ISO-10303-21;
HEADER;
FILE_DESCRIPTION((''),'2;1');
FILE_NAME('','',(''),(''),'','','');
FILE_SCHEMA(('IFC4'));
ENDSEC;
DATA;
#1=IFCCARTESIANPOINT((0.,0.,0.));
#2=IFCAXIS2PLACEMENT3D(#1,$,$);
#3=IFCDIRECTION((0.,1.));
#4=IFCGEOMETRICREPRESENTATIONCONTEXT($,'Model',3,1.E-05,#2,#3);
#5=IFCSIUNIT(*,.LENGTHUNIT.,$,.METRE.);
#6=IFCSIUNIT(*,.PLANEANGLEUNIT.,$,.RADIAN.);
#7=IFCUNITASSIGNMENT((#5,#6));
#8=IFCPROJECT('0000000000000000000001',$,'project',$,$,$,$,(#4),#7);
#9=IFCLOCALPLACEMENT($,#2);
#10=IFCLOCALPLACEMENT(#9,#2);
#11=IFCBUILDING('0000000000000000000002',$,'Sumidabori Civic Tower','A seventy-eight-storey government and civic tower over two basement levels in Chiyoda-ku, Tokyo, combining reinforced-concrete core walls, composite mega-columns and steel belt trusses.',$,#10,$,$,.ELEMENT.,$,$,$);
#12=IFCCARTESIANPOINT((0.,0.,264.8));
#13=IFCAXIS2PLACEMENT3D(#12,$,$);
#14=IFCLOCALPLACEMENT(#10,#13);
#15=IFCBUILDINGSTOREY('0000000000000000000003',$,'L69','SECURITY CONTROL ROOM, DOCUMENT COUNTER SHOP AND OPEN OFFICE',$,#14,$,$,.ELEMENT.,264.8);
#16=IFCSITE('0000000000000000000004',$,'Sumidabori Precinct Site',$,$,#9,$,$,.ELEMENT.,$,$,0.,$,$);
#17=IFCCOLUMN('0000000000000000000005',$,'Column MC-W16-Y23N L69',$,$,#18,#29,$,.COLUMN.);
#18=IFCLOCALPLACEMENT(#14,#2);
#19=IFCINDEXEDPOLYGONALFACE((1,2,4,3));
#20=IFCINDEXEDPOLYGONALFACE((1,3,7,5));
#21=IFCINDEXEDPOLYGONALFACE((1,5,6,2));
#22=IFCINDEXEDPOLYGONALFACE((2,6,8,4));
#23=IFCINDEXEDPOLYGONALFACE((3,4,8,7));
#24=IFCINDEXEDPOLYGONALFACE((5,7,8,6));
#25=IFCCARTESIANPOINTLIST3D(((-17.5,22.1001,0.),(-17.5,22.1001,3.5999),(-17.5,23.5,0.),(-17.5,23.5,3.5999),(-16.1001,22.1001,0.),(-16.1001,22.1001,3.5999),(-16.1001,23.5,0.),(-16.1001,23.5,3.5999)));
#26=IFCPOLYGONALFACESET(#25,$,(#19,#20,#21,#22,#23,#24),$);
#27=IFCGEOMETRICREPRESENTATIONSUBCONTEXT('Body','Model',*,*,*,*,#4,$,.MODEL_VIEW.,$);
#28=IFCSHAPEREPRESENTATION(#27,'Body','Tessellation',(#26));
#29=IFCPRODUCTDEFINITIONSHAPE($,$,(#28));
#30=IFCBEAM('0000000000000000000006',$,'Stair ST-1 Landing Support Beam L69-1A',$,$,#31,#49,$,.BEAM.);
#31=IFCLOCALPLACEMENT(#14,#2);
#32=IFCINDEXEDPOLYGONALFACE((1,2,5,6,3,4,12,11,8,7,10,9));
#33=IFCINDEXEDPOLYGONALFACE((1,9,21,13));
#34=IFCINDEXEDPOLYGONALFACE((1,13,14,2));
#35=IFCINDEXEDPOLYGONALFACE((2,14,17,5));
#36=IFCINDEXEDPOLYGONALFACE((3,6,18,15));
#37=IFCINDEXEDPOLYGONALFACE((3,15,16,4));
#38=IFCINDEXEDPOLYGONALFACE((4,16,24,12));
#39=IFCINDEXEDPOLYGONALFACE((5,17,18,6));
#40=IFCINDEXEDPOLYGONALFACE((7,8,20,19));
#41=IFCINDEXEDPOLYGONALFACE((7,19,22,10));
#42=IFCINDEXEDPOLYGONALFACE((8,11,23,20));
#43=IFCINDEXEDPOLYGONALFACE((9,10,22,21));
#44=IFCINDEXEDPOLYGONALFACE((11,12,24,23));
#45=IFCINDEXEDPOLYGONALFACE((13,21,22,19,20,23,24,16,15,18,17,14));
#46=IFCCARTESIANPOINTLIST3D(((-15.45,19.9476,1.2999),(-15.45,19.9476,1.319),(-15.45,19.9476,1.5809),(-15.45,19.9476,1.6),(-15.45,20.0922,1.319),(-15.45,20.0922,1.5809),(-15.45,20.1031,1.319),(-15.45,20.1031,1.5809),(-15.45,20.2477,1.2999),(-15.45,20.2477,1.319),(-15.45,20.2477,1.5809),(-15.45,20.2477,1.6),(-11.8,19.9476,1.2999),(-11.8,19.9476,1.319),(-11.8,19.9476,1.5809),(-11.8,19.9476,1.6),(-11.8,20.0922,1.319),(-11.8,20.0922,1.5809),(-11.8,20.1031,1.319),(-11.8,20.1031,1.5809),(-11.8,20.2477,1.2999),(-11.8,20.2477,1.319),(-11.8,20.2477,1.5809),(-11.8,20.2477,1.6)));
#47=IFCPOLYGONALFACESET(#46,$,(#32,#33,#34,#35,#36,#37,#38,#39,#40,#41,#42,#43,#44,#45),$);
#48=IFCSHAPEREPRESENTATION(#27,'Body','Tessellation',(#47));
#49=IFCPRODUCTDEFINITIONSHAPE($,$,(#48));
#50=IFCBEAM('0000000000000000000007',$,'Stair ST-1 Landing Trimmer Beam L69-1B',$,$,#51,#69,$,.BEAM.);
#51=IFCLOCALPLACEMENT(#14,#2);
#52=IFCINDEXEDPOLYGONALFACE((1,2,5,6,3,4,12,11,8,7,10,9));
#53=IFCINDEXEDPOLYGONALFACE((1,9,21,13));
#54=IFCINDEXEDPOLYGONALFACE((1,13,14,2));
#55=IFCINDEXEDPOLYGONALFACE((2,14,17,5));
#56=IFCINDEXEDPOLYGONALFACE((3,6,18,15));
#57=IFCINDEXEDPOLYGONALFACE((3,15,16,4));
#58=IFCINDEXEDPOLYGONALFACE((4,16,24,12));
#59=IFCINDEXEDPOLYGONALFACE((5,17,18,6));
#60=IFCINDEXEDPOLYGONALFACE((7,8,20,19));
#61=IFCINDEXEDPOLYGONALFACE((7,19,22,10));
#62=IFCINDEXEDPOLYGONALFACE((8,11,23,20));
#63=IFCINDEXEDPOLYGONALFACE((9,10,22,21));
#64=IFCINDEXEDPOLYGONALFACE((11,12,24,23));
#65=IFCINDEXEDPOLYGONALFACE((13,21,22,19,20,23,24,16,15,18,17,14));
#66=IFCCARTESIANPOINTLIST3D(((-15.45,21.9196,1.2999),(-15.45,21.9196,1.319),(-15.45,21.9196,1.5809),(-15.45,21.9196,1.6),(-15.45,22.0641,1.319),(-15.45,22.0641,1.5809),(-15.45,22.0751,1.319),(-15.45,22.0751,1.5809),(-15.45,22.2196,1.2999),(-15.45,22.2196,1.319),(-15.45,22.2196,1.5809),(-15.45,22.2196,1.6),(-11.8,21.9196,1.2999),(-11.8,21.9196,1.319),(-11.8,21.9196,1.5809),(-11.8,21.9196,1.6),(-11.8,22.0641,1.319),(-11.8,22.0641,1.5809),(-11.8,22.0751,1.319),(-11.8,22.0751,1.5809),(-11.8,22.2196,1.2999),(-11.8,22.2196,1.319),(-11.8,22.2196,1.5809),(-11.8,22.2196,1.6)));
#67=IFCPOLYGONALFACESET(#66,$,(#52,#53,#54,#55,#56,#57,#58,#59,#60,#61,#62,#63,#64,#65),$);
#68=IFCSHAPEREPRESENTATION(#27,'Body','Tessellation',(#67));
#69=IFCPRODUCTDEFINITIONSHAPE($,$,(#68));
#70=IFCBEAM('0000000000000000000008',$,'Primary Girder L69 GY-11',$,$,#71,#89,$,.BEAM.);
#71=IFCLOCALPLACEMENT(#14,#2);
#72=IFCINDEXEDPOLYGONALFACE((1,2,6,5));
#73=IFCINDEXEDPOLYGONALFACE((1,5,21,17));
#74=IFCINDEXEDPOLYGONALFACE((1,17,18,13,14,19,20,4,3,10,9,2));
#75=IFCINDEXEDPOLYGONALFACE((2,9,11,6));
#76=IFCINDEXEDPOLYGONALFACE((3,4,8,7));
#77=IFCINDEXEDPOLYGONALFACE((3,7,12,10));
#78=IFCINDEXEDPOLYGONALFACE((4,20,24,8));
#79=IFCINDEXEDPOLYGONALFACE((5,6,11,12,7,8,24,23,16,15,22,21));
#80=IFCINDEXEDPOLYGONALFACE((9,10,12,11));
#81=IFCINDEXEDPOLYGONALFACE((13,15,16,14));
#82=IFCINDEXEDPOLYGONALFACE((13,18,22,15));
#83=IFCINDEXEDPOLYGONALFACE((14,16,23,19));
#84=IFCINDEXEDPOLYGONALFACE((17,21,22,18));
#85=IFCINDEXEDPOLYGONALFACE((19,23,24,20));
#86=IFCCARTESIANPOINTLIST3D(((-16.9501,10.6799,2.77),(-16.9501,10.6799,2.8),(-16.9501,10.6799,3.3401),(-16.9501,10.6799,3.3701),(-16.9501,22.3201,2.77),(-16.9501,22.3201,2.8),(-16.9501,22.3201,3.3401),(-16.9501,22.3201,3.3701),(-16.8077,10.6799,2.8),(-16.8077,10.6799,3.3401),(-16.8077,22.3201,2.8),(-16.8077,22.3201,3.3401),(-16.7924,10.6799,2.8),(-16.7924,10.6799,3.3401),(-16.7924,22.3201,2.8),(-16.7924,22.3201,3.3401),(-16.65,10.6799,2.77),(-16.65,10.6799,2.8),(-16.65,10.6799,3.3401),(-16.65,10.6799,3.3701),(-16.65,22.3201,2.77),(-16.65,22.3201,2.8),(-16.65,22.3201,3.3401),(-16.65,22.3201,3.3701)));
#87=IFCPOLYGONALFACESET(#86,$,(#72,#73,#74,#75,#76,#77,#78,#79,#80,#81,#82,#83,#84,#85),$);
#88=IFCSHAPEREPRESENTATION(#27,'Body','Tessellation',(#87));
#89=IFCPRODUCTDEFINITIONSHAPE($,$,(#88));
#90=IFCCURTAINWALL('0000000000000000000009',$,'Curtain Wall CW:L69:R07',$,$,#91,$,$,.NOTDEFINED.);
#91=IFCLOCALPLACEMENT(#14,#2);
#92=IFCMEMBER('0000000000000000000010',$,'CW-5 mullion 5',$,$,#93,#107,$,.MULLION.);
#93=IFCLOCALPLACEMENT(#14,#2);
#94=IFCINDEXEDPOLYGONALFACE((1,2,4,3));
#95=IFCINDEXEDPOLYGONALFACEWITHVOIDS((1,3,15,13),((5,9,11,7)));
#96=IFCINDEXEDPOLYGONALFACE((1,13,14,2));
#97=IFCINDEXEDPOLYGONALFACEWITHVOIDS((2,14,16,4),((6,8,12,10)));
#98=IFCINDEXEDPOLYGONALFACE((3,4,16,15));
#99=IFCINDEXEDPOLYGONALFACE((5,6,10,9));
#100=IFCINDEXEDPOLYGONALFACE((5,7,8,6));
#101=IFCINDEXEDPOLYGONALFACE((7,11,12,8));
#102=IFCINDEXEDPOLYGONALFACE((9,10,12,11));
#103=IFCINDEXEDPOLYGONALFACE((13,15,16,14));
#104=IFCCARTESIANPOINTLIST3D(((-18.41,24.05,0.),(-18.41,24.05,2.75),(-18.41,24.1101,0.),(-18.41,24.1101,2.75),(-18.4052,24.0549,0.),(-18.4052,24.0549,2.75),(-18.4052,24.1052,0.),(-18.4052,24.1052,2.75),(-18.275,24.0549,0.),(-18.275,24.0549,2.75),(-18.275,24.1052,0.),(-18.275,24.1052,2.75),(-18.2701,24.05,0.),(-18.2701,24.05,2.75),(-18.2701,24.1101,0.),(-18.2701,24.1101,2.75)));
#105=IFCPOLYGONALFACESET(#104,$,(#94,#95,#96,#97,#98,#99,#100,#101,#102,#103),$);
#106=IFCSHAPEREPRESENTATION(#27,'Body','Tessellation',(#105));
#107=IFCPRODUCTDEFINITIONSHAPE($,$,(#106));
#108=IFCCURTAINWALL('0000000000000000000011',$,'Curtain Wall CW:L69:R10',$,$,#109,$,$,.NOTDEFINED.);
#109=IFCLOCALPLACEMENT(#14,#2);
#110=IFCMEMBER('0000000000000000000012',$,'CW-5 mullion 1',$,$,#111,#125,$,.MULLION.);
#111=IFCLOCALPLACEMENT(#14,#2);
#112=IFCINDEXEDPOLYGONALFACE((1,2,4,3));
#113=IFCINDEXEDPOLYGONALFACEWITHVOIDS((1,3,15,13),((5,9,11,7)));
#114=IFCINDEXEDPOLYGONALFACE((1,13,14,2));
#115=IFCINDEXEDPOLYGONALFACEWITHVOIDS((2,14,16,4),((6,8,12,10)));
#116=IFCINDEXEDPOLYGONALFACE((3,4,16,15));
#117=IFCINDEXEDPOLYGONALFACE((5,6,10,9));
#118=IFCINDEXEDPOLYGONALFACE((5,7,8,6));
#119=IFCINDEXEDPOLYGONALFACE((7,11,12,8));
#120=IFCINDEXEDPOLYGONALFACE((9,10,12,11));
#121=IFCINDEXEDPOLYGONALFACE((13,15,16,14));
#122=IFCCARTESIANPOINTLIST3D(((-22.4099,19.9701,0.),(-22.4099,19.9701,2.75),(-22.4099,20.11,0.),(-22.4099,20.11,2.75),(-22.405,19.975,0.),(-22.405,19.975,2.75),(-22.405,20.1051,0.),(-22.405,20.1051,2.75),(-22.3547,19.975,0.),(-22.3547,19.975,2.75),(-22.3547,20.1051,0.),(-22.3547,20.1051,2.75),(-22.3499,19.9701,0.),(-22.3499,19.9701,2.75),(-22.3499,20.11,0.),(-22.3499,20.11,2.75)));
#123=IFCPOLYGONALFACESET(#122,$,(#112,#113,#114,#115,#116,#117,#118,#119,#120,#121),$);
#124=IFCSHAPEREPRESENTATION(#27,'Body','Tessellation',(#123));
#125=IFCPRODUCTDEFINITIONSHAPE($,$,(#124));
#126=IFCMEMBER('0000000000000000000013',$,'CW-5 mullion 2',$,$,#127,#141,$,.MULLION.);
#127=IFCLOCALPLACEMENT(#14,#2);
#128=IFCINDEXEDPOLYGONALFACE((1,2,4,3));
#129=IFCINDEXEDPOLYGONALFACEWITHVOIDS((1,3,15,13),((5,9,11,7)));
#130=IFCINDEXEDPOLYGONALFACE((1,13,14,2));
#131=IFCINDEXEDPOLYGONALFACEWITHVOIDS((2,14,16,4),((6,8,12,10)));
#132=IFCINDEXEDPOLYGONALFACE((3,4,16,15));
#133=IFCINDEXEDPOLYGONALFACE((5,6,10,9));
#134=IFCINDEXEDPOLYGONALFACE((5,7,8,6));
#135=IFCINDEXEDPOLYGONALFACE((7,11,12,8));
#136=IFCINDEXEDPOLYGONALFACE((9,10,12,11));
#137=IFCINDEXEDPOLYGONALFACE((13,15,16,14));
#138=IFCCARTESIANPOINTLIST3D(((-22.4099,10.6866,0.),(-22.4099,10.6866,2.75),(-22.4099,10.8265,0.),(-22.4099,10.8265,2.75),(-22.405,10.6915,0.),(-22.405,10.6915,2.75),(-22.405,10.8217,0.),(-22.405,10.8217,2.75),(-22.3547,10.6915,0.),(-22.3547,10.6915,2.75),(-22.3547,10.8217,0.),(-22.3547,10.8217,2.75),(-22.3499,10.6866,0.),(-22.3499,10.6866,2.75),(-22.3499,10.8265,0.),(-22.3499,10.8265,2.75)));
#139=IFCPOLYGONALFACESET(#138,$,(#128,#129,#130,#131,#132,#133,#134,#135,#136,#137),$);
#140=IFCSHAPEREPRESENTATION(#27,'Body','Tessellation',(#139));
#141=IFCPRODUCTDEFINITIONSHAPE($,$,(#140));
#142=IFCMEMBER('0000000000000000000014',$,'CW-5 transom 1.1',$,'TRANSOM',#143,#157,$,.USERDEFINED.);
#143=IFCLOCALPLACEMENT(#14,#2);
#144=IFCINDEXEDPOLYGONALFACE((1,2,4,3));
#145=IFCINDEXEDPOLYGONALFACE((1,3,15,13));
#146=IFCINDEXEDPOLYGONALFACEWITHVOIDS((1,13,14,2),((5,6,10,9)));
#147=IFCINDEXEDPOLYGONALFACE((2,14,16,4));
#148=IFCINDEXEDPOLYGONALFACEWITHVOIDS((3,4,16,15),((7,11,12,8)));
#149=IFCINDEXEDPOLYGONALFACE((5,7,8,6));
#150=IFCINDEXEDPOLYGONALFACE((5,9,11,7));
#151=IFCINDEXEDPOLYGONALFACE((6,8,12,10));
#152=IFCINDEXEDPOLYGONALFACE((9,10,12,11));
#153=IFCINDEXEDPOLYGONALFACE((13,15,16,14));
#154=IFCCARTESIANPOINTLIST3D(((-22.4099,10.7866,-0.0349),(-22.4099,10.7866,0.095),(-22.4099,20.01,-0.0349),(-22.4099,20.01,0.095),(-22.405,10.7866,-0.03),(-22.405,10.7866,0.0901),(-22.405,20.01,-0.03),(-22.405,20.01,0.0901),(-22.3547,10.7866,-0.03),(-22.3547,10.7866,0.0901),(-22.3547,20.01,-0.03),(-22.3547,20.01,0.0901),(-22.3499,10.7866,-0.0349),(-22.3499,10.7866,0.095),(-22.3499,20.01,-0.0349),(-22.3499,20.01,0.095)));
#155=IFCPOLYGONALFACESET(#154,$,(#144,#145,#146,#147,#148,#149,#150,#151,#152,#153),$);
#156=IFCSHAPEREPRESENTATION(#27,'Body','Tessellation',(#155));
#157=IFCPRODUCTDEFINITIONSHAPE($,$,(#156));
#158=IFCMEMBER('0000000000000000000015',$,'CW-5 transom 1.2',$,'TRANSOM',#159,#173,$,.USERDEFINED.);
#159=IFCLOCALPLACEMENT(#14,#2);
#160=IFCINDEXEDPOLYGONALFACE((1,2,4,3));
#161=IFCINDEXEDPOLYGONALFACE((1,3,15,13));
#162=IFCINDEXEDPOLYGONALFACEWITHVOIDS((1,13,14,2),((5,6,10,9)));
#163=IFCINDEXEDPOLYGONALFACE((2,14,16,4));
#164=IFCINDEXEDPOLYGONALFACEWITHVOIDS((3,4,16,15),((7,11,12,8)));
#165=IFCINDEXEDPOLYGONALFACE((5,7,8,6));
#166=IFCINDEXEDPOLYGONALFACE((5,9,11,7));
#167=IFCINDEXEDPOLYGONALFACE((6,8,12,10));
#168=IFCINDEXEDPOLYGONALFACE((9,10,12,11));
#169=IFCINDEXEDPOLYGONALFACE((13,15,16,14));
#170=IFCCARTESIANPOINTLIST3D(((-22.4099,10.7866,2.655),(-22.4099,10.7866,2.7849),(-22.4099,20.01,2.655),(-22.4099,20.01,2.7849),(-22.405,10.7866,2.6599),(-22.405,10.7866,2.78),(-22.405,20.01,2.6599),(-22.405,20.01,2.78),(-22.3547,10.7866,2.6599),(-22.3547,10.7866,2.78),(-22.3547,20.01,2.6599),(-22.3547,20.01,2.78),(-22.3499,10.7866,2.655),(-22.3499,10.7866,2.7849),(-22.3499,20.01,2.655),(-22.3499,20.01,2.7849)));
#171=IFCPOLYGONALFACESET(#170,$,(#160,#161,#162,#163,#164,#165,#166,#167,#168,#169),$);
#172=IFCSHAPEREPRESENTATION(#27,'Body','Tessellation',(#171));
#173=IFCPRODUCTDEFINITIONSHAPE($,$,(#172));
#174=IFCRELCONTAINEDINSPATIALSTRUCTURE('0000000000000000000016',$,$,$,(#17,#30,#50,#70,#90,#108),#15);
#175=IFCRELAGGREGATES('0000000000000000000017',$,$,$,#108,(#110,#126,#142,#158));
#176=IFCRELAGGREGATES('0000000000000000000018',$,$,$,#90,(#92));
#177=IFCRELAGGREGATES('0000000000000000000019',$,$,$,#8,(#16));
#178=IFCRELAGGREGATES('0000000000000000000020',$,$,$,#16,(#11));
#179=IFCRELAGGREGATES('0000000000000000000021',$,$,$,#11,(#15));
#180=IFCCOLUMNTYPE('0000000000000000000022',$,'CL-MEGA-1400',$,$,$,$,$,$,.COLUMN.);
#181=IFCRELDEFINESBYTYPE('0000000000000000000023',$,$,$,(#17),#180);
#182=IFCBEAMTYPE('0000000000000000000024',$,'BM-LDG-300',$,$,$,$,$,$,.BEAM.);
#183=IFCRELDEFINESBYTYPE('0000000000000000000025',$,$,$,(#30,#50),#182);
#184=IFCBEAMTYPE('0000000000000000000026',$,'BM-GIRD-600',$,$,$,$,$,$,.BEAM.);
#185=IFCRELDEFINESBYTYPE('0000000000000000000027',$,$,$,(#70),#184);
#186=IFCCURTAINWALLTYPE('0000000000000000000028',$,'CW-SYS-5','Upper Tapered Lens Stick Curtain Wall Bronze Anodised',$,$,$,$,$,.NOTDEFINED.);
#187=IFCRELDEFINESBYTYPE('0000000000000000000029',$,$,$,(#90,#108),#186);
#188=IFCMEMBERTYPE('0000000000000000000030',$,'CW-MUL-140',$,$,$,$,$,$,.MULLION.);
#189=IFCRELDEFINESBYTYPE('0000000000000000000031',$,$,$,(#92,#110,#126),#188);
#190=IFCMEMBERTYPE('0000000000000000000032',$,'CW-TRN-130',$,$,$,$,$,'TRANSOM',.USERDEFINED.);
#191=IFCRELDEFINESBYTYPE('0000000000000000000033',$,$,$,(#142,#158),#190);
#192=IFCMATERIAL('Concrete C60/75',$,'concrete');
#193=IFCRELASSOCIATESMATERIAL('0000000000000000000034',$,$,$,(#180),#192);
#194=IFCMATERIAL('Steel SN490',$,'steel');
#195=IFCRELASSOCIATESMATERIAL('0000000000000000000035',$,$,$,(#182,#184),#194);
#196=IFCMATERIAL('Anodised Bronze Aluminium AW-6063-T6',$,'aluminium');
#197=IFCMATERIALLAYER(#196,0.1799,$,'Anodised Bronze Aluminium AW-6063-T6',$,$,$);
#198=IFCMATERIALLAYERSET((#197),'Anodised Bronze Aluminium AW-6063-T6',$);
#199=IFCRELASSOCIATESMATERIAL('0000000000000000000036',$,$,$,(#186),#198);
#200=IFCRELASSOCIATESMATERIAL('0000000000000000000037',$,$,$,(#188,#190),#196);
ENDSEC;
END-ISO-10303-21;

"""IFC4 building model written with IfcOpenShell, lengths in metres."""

from ifc_helpers import new_model, si_unit, direction, frame, origin, origin_2d, place, context, subcontext, project, spatial, rectangle, hollow_rectangle, i_section, extrude, source, transform, mapped, material, layer, layer_set, material_profile, profile_set, type_object, element, aggregate, save


model = new_model("IFC4")

# Units and contexts
model_context = context("Model", 3, precision=1e-05, world=origin(), true_north=direction((0.0, 1.0)))
body_context = subcontext(model_context, "Body", "Model", "MODEL_VIEW")
ifc_project = project(units=[si_unit("LENGTHUNIT", "METRE"), si_unit("PLANEANGLEUNIT", "RADIAN")], contexts=[model_context])

# Site, building, storey
site_placement = place(None, origin())
site = spatial("IfcSite", under=ifc_project, at=site_placement, Name="Sumidabori Precinct Site", CompositionType="ELEMENT", RefElevation=0.0)
building_placement = place(site_placement, origin())
building = spatial("IfcBuilding", under=site, at=building_placement, Name="Sumidabori Civic Tower", Description="A seventy-eight-storey government and civic tower over two basement levels in Chiyoda-ku, Tokyo, combining reinforced-concrete core walls, composite mega-columns and steel belt trusses.", CompositionType="ELEMENT")
storey_placement = place(building_placement, frame((0.0, 0.0, 264.8)))
storey = spatial("IfcBuildingStorey", under=building, at=storey_placement, Name="L69", Description="SECURITY CONTROL ROOM, DOCUMENT COUNTER SHOP AND OPEN OFFICE", CompositionType="ELEMENT", Elevation=264.8)

# Column
ifc_material_1 = material(Name="Concrete C60/75", Category="concrete")
ifc_material_profile_1 = material_profile(ifc_material_1, rectangle(XDim=1.3999, YDim=1.3999, at=origin_2d()), Name="RC 1400x1400")
ifc_profile_set_1 = profile_set([ifc_material_profile_1], Name="Concrete C60/75")
column_type = type_object("IfcColumnType", Name="CL-MEGA-1400", PredefinedType="COLUMN", material=ifc_profile_set_1)
shared_shape_1 = source(origin(), body_context, "Body", "SweptSolid", [
    extrude(rectangle(XDim=1.3999, YDim=1.3999, at=origin_2d()), origin(), (0.0, 0.0, 1.0), 3.5999),
])
column_placement = place(storey_placement, frame((-16.8, 22.8, 0.0), z_axis=(0.0, 0.0, 1.0), x_axis=(1.0, 0.0, 0.0)))
element("IfcColumn", 1, at=column_placement, inside=storey, type_object=column_type, Name="Column MC-W16-Y23N L69", PredefinedType="COLUMN", context=body_context, shape_type="MappedRepresentation", body=[
    mapped(shared_shape_1, transform((0.0, 0.0, 0.0), x_axis=(1.0, 0.0, 0.0), y_axis=(0.0, 1.0, 0.0), z_axis=(0.0, 0.0, 1.0), scale=1.0)),
])

# Beams
ifc_material_2 = material(Name="Steel SN490", Category="steel")
ifc_material_profile_2 = material_profile(ifc_material_2, i_section(OverallWidth=0.3, OverallDepth=0.3, WebThickness=0.011, FlangeThickness=0.019, at=origin_2d()), Name="HE 300 B")
ifc_profile_set_2 = profile_set([ifc_material_profile_2], Name="Steel SN490")
beam_type_1 = type_object("IfcBeamType", Name="BM-LDG-300", PredefinedType="BEAM", material=ifc_profile_set_2)
shared_shape_2 = source(origin(), body_context, "Body", "SweptSolid", [
    extrude(i_section(OverallWidth=0.3, OverallDepth=0.3, WebThickness=0.011, FlangeThickness=0.019, at=origin_2d()), origin(), (0.0, 0.0, 1.0), 3.6499),
])
for number, where, z_axis, x_axis, name in (
    (2, (-15.45, 20.0977, 1.45), (1.0, 0.0, 0.0), (0.0, 1.0, 0.0), "Stair ST-1 Landing Support Beam L69-1A"),
    (3, (-15.45, 22.0696, 1.45), (1.0, 0.0, 0.0), (0.0, 1.0, 0.0), "Stair ST-1 Landing Trimmer Beam L69-1B"),
):
    element("IfcBeam", number, at=place(storey_placement, frame(where, z_axis=z_axis, x_axis=x_axis)), inside=storey, type_object=beam_type_1, Name=name, PredefinedType="BEAM", context=body_context, shape_type="MappedRepresentation", body=[
        mapped(shared_shape_2, transform((0.0, 0.0, 0.0), x_axis=(1.0, 0.0, 0.0), y_axis=(0.0, 1.0, 0.0), z_axis=(0.0, 0.0, 1.0), scale=1.0)),
    ])
ifc_material_profile_3 = material_profile(ifc_material_2, i_section(OverallWidth=0.3, OverallDepth=0.6001, WebThickness=0.0154, FlangeThickness=0.03, at=origin_2d()), Name="HE 600 B")
ifc_profile_set_3 = profile_set([ifc_material_profile_3], Name="Steel SN490")
beam_type_2 = type_object("IfcBeamType", Name="BM-GIRD-600", PredefinedType="BEAM", material=ifc_profile_set_3)
shared_shape_3 = source(origin(), body_context, "Body", "SweptSolid", [
    extrude(i_section(OverallWidth=0.3, OverallDepth=0.6001, WebThickness=0.0154, FlangeThickness=0.03, at=origin_2d()), origin(), (0.0, 0.0, 1.0), 11.6401),
])
beam_placement = place(storey_placement, frame((-16.8, 10.6799, 3.0701), z_axis=(0.0, 1.0, 0.0), x_axis=(-1.0, 0.0, 0.0)))
element("IfcBeam", 4, at=beam_placement, inside=storey, type_object=beam_type_2, Name="Primary Girder L69 GY-11", PredefinedType="BEAM", context=body_context, shape_type="MappedRepresentation", body=[
    mapped(shared_shape_3, transform((0.0, 0.0, 0.0), x_axis=(1.0, 0.0, 0.0), y_axis=(0.0, 1.0, 0.0), z_axis=(0.0, 0.0, 1.0), scale=1.0)),
])

# Curtain wall, member
ifc_material_3 = material(Name="Anodised Bronze Aluminium AW-6063-T6", Category="aluminium")
ifc_layer_1 = layer(ifc_material_3, 0.1799, Name="Anodised Bronze Aluminium AW-6063-T6")
ifc_layer_set_1 = layer_set([ifc_layer_1], Name="Anodised Bronze Aluminium AW-6063-T6")
curtain_wall_type = type_object("IfcCurtainWallType", Name="CW-SYS-5", Description="Upper Tapered Lens Stick Curtain Wall Bronze Anodised", PredefinedType="NOTDEFINED", material=ifc_layer_set_1)
curtain_wall_1_placement = place(storey_placement, origin())
curtain_wall_1 = element("IfcCurtainWall", 5, at=curtain_wall_1_placement, inside=storey, type_object=curtain_wall_type, Name="Curtain Wall CW:L69:R07", PredefinedType="NOTDEFINED")
ifc_material_profile_4 = material_profile(ifc_material_3, hollow_rectangle(XDim=0.0601, YDim=0.1399, WallThickness=0.0049, at=origin_2d()), Name="ALU MULLION 140x60")
ifc_profile_set_4 = profile_set([ifc_material_profile_4], Name="Anodised Bronze Aluminium AW-6063-T6")
member_type_1 = type_object("IfcMemberType", Name="CW-MUL-140", PredefinedType="MULLION", material=ifc_profile_set_4)
shared_shape_4 = source(origin(), body_context, "Body", "SweptSolid", [
    extrude(hollow_rectangle(XDim=0.0601, YDim=0.1399, WallThickness=0.0049, at=origin_2d()), origin(), (0.0, 0.0, 1.0), 2.75),
])
member_1_placement = place(storey_placement, frame((-18.3401, 24.0801, 0.0), z_axis=(0.0, 0.0, 1.0), x_axis=(0.0, -1.0, 0.0)))
member_1 = element("IfcMember", 6, at=member_1_placement, type_object=member_type_1, Name="CW-5 mullion 5", PredefinedType="MULLION", context=body_context, shape_type="MappedRepresentation", body=[
    mapped(shared_shape_4, transform((0.0, 0.0, 0.0), x_axis=(1.0, 0.0, 0.0), y_axis=(0.0, 1.0, 0.0), z_axis=(0.0, 0.0, 1.0), scale=1.0)),
])

# Curtain wall, members
curtain_wall_2_placement = place(storey_placement, origin())
curtain_wall_2 = element("IfcCurtainWall", 7, at=curtain_wall_2_placement, inside=storey, type_object=curtain_wall_type, Name="Curtain Wall CW:L69:R10", PredefinedType="NOTDEFINED")
member_2_placement = place(storey_placement, frame((-22.3799, 20.04, 0.0), z_axis=(0.0, 0.0, 1.0), x_axis=(1.0, 0.0, 0.0)))
member_2 = element("IfcMember", 8, at=member_2_placement, type_object=member_type_1, Name="CW-5 mullion 1", PredefinedType="MULLION", context=body_context, shape_type="MappedRepresentation", body=[
    mapped(shared_shape_4, transform((0.0, 0.0, 0.0), x_axis=(1.0, 0.0, 0.0), y_axis=(0.0, 1.0, 0.0), z_axis=(0.0, 0.0, 1.0), scale=1.0)),
])
member_3_placement = place(storey_placement, frame((-22.3799, 10.7566, 0.0), z_axis=(0.0, 0.0, 1.0), x_axis=(1.0, 0.0, 0.0)))
member_3 = element("IfcMember", 9, at=member_3_placement, type_object=member_type_1, Name="CW-5 mullion 2", PredefinedType="MULLION", context=body_context, shape_type="MappedRepresentation", body=[
    mapped(shared_shape_4, transform((0.0, 0.0, 0.0), x_axis=(1.0, 0.0, 0.0), y_axis=(0.0, 1.0, 0.0), z_axis=(0.0, 0.0, 1.0), scale=1.0)),
])
ifc_material_profile_5 = material_profile(ifc_material_3, hollow_rectangle(XDim=0.0601, YDim=0.1299, WallThickness=0.0049, at=origin_2d()), Name="ALU TRANSOM 130x60")
ifc_profile_set_5 = profile_set([ifc_material_profile_5], Name="Anodised Bronze Aluminium AW-6063-T6")
member_type_2 = type_object("IfcMemberType", Name="CW-TRN-130", ElementType="TRANSOM", PredefinedType="USERDEFINED", material=ifc_profile_set_5)
shared_shape_5 = source(origin(), body_context, "Body", "SweptSolid", [
    extrude(hollow_rectangle(XDim=0.0601, YDim=0.1299, WallThickness=0.0049, at=origin_2d()), origin(), (0.0, 0.0, 1.0), 9.2234),
])
member_4_placement = place(storey_placement, frame((-22.3799, 20.01, 0.03), z_axis=(0.0, -1.0, 0.0), x_axis=(1.0, 0.0, 0.0)))
member_4 = element("IfcMember", 10, at=member_4_placement, type_object=member_type_2, Name="CW-5 transom 1.1", ObjectType="TRANSOM", PredefinedType="USERDEFINED", context=body_context, shape_type="MappedRepresentation", body=[
    mapped(shared_shape_5, transform((0.0, 0.0, 0.0), x_axis=(1.0, 0.0, 0.0), y_axis=(0.0, 1.0, 0.0), z_axis=(0.0, 0.0, 1.0), scale=1.0)),
])
member_5_placement = place(storey_placement, frame((-22.3799, 20.01, 2.72), z_axis=(0.0, -1.0, 0.0), x_axis=(1.0, 0.0, 0.0)))
member_5 = element("IfcMember", 11, at=member_5_placement, type_object=member_type_2, Name="CW-5 transom 1.2", ObjectType="TRANSOM", PredefinedType="USERDEFINED", context=body_context, shape_type="MappedRepresentation", body=[
    mapped(shared_shape_5, transform((0.0, 0.0, 0.0), x_axis=(1.0, 0.0, 0.0), y_axis=(0.0, 1.0, 0.0), z_axis=(0.0, 0.0, 1.0), scale=1.0)),
])
aggregate(curtain_wall_2, [member_2, member_3, member_4, member_5])

aggregate(curtain_wall_1, [member_1])

save(model, "model.ifc")
